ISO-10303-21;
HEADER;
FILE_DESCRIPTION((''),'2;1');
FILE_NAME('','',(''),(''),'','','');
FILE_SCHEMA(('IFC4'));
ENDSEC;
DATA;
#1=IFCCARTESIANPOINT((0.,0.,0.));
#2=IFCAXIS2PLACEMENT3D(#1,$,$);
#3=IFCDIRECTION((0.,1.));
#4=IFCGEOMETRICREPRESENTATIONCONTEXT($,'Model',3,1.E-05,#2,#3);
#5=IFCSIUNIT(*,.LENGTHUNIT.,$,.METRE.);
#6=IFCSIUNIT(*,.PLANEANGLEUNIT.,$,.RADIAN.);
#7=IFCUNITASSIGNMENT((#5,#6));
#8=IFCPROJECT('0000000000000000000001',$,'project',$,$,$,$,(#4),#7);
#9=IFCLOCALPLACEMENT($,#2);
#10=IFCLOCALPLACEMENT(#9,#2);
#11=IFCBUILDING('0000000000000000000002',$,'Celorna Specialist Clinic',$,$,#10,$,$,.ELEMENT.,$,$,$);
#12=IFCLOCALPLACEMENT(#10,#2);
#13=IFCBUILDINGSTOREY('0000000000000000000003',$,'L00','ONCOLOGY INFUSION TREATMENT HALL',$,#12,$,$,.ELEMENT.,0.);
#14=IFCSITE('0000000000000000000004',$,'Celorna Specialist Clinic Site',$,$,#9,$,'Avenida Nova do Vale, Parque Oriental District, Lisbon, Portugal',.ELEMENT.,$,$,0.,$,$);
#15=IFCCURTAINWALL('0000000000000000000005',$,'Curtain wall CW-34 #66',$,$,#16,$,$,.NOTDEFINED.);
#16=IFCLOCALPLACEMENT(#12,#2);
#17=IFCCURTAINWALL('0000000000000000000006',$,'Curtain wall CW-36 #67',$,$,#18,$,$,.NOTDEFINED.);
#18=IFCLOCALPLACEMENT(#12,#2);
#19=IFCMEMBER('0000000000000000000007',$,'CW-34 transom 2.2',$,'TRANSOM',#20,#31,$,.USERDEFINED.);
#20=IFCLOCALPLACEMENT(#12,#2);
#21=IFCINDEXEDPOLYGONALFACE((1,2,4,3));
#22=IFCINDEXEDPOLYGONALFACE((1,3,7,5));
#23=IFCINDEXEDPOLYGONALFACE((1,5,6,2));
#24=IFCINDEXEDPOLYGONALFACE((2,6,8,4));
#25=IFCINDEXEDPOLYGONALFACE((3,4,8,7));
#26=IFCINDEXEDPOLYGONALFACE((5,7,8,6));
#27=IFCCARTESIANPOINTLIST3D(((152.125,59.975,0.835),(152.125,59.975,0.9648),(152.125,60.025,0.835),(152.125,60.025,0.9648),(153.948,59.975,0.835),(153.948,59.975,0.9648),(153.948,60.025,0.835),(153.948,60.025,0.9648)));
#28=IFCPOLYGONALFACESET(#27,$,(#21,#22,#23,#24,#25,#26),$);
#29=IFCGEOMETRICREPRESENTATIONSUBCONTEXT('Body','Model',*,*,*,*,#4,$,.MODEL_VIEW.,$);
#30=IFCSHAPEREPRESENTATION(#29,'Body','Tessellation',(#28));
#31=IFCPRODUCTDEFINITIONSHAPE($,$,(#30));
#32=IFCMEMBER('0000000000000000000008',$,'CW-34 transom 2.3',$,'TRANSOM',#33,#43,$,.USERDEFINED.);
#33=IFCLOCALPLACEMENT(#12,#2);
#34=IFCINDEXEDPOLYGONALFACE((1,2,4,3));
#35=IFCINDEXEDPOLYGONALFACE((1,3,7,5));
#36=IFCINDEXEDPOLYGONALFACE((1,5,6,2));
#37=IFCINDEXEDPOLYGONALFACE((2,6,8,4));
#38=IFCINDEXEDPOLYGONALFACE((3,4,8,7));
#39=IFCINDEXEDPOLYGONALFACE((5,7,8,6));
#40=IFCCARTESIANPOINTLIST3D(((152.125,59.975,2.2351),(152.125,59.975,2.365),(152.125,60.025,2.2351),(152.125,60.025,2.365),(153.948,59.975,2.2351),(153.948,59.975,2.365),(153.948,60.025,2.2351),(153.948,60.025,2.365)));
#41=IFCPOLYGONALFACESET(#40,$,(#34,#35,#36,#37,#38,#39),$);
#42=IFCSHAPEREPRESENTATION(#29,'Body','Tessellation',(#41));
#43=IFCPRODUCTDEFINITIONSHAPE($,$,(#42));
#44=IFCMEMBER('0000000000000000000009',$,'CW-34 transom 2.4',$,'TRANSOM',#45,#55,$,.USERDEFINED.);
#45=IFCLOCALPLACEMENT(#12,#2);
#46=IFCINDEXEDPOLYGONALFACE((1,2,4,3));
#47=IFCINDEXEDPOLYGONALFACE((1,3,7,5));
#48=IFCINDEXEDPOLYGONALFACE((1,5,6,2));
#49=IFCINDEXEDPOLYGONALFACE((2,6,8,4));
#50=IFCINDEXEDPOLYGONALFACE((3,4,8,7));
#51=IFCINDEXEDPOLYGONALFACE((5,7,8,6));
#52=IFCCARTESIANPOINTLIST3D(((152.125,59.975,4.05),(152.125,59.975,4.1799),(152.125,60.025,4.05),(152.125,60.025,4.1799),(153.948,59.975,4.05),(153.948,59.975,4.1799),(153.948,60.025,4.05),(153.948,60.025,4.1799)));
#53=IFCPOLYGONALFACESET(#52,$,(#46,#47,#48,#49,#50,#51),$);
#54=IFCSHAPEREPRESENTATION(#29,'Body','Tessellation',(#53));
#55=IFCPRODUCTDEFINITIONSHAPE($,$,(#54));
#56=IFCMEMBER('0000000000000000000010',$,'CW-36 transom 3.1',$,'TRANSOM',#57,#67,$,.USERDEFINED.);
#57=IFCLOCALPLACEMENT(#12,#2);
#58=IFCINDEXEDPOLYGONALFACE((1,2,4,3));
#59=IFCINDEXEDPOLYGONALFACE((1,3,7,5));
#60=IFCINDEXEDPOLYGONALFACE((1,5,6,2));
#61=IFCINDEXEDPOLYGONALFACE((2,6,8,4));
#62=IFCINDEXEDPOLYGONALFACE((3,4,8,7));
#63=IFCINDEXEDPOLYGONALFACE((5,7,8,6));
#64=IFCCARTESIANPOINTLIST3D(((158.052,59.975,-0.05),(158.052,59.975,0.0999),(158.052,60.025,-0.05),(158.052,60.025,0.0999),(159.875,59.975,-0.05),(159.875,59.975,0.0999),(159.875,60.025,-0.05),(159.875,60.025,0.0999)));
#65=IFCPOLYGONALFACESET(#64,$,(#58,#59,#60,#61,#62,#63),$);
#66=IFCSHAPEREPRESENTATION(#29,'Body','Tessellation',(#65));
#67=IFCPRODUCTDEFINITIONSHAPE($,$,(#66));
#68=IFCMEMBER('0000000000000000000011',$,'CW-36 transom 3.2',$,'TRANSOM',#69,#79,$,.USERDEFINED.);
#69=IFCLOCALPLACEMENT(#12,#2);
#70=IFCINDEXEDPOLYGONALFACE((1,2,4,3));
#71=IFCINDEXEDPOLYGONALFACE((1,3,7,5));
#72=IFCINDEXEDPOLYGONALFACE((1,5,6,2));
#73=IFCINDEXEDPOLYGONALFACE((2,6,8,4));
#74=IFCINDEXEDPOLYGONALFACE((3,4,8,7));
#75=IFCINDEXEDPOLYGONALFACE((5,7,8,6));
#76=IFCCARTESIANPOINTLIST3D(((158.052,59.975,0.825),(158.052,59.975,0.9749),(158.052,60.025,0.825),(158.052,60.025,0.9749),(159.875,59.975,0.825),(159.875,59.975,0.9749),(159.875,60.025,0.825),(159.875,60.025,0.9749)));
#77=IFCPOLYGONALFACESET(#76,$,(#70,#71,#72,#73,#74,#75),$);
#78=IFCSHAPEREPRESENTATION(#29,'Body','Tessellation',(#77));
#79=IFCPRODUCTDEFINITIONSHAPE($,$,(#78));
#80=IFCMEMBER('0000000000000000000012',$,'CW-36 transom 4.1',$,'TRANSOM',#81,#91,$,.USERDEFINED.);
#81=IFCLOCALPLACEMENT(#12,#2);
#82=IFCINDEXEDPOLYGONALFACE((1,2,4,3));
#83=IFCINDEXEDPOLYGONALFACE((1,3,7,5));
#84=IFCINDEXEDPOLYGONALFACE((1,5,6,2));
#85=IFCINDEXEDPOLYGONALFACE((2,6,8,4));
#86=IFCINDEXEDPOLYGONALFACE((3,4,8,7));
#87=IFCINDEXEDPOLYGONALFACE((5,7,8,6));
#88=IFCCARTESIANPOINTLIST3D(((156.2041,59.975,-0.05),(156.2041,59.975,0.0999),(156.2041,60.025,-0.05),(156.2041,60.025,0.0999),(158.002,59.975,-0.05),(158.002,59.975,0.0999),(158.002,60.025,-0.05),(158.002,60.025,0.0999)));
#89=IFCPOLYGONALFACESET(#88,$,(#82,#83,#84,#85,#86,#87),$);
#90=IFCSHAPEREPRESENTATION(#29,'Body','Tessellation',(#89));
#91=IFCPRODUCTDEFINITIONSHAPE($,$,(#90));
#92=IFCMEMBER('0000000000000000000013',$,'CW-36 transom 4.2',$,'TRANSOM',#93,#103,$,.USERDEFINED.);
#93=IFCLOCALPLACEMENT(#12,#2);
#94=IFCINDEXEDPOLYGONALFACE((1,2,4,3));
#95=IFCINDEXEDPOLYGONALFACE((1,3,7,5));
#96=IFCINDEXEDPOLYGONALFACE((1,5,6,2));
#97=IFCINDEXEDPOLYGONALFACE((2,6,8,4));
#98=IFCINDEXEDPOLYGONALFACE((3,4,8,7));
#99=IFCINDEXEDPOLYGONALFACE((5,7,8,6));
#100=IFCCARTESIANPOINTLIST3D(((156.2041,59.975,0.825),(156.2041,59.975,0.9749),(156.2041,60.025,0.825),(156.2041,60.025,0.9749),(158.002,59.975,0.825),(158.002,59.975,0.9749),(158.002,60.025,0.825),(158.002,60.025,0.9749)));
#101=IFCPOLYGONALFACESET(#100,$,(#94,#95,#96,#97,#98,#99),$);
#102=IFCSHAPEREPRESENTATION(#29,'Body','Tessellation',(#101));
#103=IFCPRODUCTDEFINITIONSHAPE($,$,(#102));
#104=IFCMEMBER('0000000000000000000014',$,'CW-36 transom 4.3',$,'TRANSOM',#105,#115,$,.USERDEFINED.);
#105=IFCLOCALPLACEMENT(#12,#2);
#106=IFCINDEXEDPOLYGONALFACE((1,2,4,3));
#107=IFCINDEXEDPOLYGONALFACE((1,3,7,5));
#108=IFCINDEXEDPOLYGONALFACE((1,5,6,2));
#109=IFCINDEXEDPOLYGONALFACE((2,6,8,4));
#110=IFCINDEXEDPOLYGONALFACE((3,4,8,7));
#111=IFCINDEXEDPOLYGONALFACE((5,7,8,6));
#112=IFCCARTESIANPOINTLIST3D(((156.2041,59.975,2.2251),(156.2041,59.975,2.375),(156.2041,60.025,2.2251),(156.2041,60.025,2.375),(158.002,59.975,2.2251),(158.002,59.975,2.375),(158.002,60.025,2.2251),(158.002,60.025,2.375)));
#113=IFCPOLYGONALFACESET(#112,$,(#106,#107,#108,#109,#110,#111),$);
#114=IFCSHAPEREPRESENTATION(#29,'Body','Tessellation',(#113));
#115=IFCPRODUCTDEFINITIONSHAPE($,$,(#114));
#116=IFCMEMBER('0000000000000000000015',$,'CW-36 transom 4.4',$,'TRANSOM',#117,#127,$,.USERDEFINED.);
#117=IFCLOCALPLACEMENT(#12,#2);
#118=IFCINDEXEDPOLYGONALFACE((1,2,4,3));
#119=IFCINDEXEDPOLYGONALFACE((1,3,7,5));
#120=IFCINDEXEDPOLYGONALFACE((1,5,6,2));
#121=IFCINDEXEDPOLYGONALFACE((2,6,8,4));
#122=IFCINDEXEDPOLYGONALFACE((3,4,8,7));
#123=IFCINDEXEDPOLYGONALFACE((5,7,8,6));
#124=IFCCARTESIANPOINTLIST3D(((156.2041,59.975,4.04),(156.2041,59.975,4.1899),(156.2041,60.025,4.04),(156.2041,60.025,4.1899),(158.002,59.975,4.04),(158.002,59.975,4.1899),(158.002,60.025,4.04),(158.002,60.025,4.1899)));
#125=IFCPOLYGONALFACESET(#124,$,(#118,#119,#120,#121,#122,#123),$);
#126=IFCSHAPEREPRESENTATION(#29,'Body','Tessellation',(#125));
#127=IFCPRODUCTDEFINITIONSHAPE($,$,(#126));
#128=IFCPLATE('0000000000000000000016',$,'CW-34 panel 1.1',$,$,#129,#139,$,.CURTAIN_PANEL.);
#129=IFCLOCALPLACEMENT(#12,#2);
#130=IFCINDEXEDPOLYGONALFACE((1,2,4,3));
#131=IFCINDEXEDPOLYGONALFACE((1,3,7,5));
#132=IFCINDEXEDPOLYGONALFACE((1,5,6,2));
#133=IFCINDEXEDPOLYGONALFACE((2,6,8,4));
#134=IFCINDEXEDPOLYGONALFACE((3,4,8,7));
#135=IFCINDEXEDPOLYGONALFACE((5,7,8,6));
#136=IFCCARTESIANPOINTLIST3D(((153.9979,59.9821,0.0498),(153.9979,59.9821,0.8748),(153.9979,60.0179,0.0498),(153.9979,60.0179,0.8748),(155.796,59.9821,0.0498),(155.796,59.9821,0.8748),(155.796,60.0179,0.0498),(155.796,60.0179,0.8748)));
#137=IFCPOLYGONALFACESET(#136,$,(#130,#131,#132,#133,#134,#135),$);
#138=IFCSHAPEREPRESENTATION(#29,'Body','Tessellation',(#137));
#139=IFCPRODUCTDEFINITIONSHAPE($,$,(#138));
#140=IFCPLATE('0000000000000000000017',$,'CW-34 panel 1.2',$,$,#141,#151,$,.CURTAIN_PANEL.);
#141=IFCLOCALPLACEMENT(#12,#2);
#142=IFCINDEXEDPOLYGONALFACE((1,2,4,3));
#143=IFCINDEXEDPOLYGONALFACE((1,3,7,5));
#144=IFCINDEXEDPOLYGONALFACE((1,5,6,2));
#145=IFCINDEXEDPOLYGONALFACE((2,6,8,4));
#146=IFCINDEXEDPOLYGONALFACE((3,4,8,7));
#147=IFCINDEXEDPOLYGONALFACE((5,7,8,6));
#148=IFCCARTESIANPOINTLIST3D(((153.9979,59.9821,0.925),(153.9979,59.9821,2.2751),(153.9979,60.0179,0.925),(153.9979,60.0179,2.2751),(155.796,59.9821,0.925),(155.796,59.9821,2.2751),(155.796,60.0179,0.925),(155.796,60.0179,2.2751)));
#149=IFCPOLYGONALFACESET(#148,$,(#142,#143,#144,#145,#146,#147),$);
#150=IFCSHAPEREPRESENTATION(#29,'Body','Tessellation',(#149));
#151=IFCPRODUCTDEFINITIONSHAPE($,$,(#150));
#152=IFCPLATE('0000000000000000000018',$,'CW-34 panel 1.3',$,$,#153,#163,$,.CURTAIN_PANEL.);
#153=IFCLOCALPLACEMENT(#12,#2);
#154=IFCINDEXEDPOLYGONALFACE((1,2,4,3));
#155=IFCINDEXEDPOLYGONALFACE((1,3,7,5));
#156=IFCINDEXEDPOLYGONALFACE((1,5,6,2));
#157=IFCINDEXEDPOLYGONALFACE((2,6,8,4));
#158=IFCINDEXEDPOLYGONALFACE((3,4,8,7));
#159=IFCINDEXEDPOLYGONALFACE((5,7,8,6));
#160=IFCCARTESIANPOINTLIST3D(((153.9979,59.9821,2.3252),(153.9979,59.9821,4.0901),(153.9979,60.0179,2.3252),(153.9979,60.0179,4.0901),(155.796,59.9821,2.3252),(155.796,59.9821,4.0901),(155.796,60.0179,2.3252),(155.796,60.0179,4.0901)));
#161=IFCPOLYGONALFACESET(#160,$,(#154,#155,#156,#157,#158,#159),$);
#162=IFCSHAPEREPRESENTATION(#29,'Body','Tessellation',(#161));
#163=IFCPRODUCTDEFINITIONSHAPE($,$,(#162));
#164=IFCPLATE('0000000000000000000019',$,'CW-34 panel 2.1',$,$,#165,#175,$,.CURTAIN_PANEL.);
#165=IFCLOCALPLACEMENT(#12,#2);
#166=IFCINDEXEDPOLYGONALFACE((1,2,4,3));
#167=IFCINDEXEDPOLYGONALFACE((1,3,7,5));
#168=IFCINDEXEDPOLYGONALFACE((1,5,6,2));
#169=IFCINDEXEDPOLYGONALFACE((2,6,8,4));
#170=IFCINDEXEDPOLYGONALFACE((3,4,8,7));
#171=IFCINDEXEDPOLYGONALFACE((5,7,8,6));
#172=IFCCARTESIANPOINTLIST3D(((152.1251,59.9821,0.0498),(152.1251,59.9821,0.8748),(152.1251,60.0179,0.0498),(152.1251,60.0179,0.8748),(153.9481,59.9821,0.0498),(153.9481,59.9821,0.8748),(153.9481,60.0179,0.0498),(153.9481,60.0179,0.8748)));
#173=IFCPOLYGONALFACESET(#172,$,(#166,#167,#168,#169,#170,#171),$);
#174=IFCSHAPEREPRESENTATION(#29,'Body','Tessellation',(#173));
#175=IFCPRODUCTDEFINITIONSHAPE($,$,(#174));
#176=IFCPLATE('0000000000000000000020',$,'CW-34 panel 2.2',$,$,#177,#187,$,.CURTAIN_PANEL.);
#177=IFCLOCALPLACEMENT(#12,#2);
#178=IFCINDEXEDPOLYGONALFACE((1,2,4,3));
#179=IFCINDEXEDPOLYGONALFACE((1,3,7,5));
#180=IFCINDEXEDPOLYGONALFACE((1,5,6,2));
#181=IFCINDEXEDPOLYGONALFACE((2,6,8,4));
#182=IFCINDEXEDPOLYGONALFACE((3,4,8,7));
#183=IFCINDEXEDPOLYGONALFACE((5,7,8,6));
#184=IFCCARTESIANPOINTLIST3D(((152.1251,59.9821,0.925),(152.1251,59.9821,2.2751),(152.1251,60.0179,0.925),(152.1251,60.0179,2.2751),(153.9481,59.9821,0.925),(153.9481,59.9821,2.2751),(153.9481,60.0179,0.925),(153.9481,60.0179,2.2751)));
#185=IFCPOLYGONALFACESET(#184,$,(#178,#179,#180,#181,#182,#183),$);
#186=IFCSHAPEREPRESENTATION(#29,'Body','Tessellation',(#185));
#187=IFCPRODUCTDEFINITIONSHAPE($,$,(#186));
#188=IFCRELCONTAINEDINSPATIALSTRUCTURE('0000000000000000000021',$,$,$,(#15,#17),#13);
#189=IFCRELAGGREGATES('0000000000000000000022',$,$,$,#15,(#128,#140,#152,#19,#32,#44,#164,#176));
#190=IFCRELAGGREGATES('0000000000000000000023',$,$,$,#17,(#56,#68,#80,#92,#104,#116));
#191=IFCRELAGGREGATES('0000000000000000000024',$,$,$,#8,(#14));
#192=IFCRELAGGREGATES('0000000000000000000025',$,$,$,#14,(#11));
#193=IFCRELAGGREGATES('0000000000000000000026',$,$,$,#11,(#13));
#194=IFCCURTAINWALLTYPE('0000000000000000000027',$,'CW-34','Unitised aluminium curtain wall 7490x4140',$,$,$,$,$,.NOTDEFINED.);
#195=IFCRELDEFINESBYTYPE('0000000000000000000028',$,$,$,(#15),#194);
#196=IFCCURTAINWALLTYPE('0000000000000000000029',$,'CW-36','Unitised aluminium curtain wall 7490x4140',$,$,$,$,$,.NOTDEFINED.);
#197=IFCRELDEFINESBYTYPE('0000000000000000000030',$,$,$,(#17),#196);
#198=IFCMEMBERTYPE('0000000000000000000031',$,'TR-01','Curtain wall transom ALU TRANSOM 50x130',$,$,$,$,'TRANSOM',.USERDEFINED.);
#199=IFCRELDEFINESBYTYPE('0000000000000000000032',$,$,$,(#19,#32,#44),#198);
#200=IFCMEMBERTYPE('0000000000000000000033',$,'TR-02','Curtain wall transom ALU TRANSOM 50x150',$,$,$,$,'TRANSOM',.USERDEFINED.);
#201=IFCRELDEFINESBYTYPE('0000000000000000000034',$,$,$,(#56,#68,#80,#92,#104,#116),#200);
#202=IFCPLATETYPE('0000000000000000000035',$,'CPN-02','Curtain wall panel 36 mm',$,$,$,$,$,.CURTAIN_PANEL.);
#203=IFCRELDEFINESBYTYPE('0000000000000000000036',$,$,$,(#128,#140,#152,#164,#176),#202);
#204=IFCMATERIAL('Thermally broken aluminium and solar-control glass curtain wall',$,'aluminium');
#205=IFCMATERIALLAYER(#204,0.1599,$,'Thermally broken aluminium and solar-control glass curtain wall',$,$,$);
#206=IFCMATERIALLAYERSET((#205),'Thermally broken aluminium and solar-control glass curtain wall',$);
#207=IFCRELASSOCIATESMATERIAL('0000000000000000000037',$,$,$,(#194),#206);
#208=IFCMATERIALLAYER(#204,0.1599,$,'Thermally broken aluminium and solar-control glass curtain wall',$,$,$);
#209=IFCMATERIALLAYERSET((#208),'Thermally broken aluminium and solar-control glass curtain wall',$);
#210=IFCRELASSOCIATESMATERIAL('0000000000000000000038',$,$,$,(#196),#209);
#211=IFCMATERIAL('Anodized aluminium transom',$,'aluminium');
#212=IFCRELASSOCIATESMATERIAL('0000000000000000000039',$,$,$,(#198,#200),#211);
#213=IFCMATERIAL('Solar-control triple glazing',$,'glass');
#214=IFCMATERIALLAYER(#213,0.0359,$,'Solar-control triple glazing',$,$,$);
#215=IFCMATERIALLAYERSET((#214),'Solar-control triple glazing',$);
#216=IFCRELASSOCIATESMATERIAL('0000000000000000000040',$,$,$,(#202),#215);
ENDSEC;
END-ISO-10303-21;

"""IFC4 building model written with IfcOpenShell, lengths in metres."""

from ifc_helpers import new_model, si_unit, direction, frame, origin, origin_2d, place, context, subcontext, project, spatial, rectangle, extrude, material, layer, layer_set, material_profile, profile_set, type_object, element, aggregate, save


model = new_model("IFC4")

# Units and contexts
model_context = context("Model", 3, precision=1e-05, world=origin(), true_north=direction((0.0, 1.0)))
body_context = subcontext(model_context, "Body", "Model", "MODEL_VIEW")
ifc_project = project(units=[si_unit("LENGTHUNIT", "METRE"), si_unit("PLANEANGLEUNIT", "RADIAN")], contexts=[model_context])

# Site, building, storey
site_placement = place(None, origin())
site = spatial("IfcSite", under=ifc_project, at=site_placement, Name="Celorna Specialist Clinic Site", LongName="Avenida Nova do Vale, Parque Oriental District, Lisbon, Portugal", CompositionType="ELEMENT", RefElevation=0.0)
building_placement = place(site_placement, origin())
building = spatial("IfcBuilding", under=site, at=building_placement, Name="Celorna Specialist Clinic", CompositionType="ELEMENT")
storey_placement = place(building_placement, origin())
storey = spatial("IfcBuildingStorey", under=building, at=storey_placement, Name="L00", Description="ONCOLOGY INFUSION TREATMENT HALL", CompositionType="ELEMENT", Elevation=0.0)

# Curtain walls
ifc_material_1 = material(Name="Thermally broken aluminium and solar-control glass curtain wall", Category="aluminium")
ifc_layer_1 = layer(ifc_material_1, 0.1599, Name="Thermally broken aluminium and solar-control glass curtain wall")
ifc_layer_set_1 = layer_set([ifc_layer_1], Name="Thermally broken aluminium and solar-control glass curtain wall")
curtain_wall_type_1 = type_object("IfcCurtainWallType", Name="CW-34", Description="Unitised aluminium curtain wall 7490x4140", PredefinedType="NOTDEFINED", material=ifc_layer_set_1)
curtain_wall_1_placement = place(storey_placement, origin())
curtain_wall_1 = element("IfcCurtainWall", 1, at=curtain_wall_1_placement, inside=storey, type_object=curtain_wall_type_1, Name="Curtain wall CW-34 #66", PredefinedType="NOTDEFINED")
ifc_layer_2 = layer(ifc_material_1, 0.1599, Name="Thermally broken aluminium and solar-control glass curtain wall")
ifc_layer_set_2 = layer_set([ifc_layer_2], Name="Thermally broken aluminium and solar-control glass curtain wall")
curtain_wall_type_2 = type_object("IfcCurtainWallType", Name="CW-36", Description="Unitised aluminium curtain wall 7490x4140", PredefinedType="NOTDEFINED", material=ifc_layer_set_2)
curtain_wall_2_placement = place(storey_placement, origin())
curtain_wall_2 = element("IfcCurtainWall", 2, at=curtain_wall_2_placement, inside=storey, type_object=curtain_wall_type_2, Name="Curtain wall CW-36 #67", PredefinedType="NOTDEFINED")

# Members
ifc_material_2 = material(Name="Anodized aluminium transom", Category="aluminium")
ifc_material_profile_1 = material_profile(ifc_material_2, rectangle(XDim=0.05, YDim=0.1299, at=origin_2d()), Name="ALU TRANSOM 50x130")
ifc_profile_set_1 = profile_set([ifc_material_profile_1], Name="Anodized aluminium transom")
member_type_1 = type_object("IfcMemberType", Name="TR-01", Description="Curtain wall transom ALU TRANSOM 50x130", ElementType="TRANSOM", PredefinedType="USERDEFINED", material=ifc_profile_set_1)
member_1_placement = place(storey_placement, frame((153.948, 60.0, 0.8999), z_axis=(-1.0, 0.0, 0.0), x_axis=(0.0, -1.0, 0.0)))
member_1 = element("IfcMember", 3, at=member_1_placement, type_object=member_type_1, Name="CW-34 transom 2.2", ObjectType="TRANSOM", PredefinedType="USERDEFINED", context=body_context, shape_type="SweptSolid", body=[
    extrude(rectangle(XDim=0.05, YDim=0.1299, at=origin_2d()), origin(), (0.0, 0.0, 1.0), 1.823),
])
member_2_placement = place(storey_placement, frame((153.948, 60.0, 2.3), z_axis=(-1.0, 0.0, 0.0), x_axis=(0.0, -1.0, 0.0)))
member_2 = element("IfcMember", 4, at=member_2_placement, type_object=member_type_1, Name="CW-34 transom 2.3", ObjectType="TRANSOM", PredefinedType="USERDEFINED", context=body_context, shape_type="SweptSolid", body=[
    extrude(rectangle(XDim=0.05, YDim=0.1299, at=origin_2d()), origin(), (0.0, 0.0, 1.0), 1.823),
])
member_3_placement = place(storey_placement, frame((153.948, 60.0, 4.115), z_axis=(-1.0, 0.0, 0.0), x_axis=(0.0, -1.0, 0.0)))
member_3 = element("IfcMember", 5, at=member_3_placement, type_object=member_type_1, Name="CW-34 transom 2.4", ObjectType="TRANSOM", PredefinedType="USERDEFINED", context=body_context, shape_type="SweptSolid", body=[
    extrude(rectangle(XDim=0.05, YDim=0.1299, at=origin_2d()), origin(), (0.0, 0.0, 1.0), 1.823),
])
ifc_material_profile_2 = material_profile(ifc_material_2, rectangle(XDim=0.05, YDim=0.1499, at=origin_2d()), Name="ALU TRANSOM 50x150")
ifc_profile_set_2 = profile_set([ifc_material_profile_2], Name="Anodized aluminium transom")
member_type_2 = type_object("IfcMemberType", Name="TR-02", Description="Curtain wall transom ALU TRANSOM 50x150", ElementType="TRANSOM", PredefinedType="USERDEFINED", material=ifc_profile_set_2)
member_4_placement = place(storey_placement, frame((159.875, 60.0, 0.0249), z_axis=(-1.0, 0.0, 0.0), x_axis=(0.0, -1.0, 0.0)))
member_4 = element("IfcMember", 6, at=member_4_placement, type_object=member_type_2, Name="CW-36 transom 3.1", ObjectType="TRANSOM", PredefinedType="USERDEFINED", context=body_context, shape_type="SweptSolid", body=[
    extrude(rectangle(XDim=0.05, YDim=0.1499, at=origin_2d()), origin(), (0.0, 0.0, 1.0), 1.823),
])
member_5_placement = place(storey_placement, frame((159.875, 60.0, 0.8999), z_axis=(-1.0, 0.0, 0.0), x_axis=(0.0, -1.0, 0.0)))
member_5 = element("IfcMember", 7, at=member_5_placement, type_object=member_type_2, Name="CW-36 transom 3.2", ObjectType="TRANSOM", PredefinedType="USERDEFINED", context=body_context, shape_type="SweptSolid", body=[
    extrude(rectangle(XDim=0.05, YDim=0.1499, at=origin_2d()), origin(), (0.0, 0.0, 1.0), 1.823),
])
member_6_placement = place(storey_placement, frame((158.002, 60.0, 0.0249), z_axis=(-1.0, 0.0, 0.0), x_axis=(0.0, -1.0, 0.0)))
member_6 = element("IfcMember", 8, at=member_6_placement, type_object=member_type_2, Name="CW-36 transom 4.1", ObjectType="TRANSOM", PredefinedType="USERDEFINED", context=body_context, shape_type="SweptSolid", body=[
    extrude(rectangle(XDim=0.05, YDim=0.1499, at=origin_2d()), origin(), (0.0, 0.0, 1.0), 1.7979),
])
member_7_placement = place(storey_placement, frame((158.002, 60.0, 0.8999), z_axis=(-1.0, 0.0, 0.0), x_axis=(0.0, -1.0, 0.0)))
member_7 = element("IfcMember", 9, at=member_7_placement, type_object=member_type_2, Name="CW-36 transom 4.2", ObjectType="TRANSOM", PredefinedType="USERDEFINED", context=body_context, shape_type="SweptSolid", body=[
    extrude(rectangle(XDim=0.05, YDim=0.1499, at=origin_2d()), origin(), (0.0, 0.0, 1.0), 1.7979),
])
member_8_placement = place(storey_placement, frame((158.002, 60.0, 2.3), z_axis=(-1.0, 0.0, 0.0), x_axis=(0.0, -1.0, 0.0)))
member_8 = element("IfcMember", 10, at=member_8_placement, type_object=member_type_2, Name="CW-36 transom 4.3", ObjectType="TRANSOM", PredefinedType="USERDEFINED", context=body_context, shape_type="SweptSolid", body=[
    extrude(rectangle(XDim=0.05, YDim=0.1499, at=origin_2d()), origin(), (0.0, 0.0, 1.0), 1.7979),
])
member_9_placement = place(storey_placement, frame((158.002, 60.0, 4.115), z_axis=(-1.0, 0.0, 0.0), x_axis=(0.0, -1.0, 0.0)))
member_9 = element("IfcMember", 11, at=member_9_placement, type_object=member_type_2, Name="CW-36 transom 4.4", ObjectType="TRANSOM", PredefinedType="USERDEFINED", context=body_context, shape_type="SweptSolid", body=[
    extrude(rectangle(XDim=0.05, YDim=0.1499, at=origin_2d()), origin(), (0.0, 0.0, 1.0), 1.7979),
])

# Plates
ifc_material_3 = material(Name="Solar-control triple glazing", Category="glass")
ifc_layer_3 = layer(ifc_material_3, 0.0359, Name="Solar-control triple glazing")
ifc_layer_set_3 = layer_set([ifc_layer_3], Name="Solar-control triple glazing")
plate_type_1 = type_object("IfcPlateType", Name="CPN-02", Description="Curtain wall panel 36 mm", PredefinedType="CURTAIN_PANEL", material=ifc_layer_set_3)
plate_1_placement = place(storey_placement, frame((154.897, 60.0, 0.0498), z_axis=(0.0, 0.0, 1.0), x_axis=(-1.0, 0.0, 0.0)))
plate_1 = element("IfcPlate", 12, at=plate_1_placement, type_object=plate_type_1, Name="CW-34 panel 1.1", PredefinedType="CURTAIN_PANEL", context=body_context, shape_type="SweptSolid", body=[
    extrude(rectangle(XDim=1.7981, YDim=0.0359, at=origin_2d()), origin(), (0.0, 0.0, 1.0), 0.825),
])
plate_2_placement = place(storey_placement, frame((154.897, 60.0, 0.925), z_axis=(0.0, 0.0, 1.0), x_axis=(-1.0, 0.0, 0.0)))
plate_2 = element("IfcPlate", 13, at=plate_2_placement, type_object=plate_type_1, Name="CW-34 panel 1.2", PredefinedType="CURTAIN_PANEL", context=body_context, shape_type="SweptSolid", body=[
    extrude(rectangle(XDim=1.7981, YDim=0.0359, at=origin_2d()), origin(), (0.0, 0.0, 1.0), 1.3501),
])
plate_3_placement = place(storey_placement, frame((154.897, 60.0, 2.3252), z_axis=(0.0, 0.0, 1.0), x_axis=(-1.0, 0.0, 0.0)))
plate_3 = element("IfcPlate", 14, at=plate_3_placement, type_object=plate_type_1, Name="CW-34 panel 1.3", PredefinedType="CURTAIN_PANEL", context=body_context, shape_type="SweptSolid", body=[
    extrude(rectangle(XDim=1.7981, YDim=0.0359, at=origin_2d()), origin(), (0.0, 0.0, 1.0), 1.7649),
])
plate_4_placement = place(storey_placement, frame((153.0366, 60.0, 0.0498), z_axis=(0.0, 0.0, 1.0), x_axis=(-1.0, 0.0, 0.0)))
plate_4 = element("IfcPlate", 15, at=plate_4_placement, type_object=plate_type_1, Name="CW-34 panel 2.1", PredefinedType="CURTAIN_PANEL", context=body_context, shape_type="SweptSolid", body=[
    extrude(rectangle(XDim=1.823, YDim=0.0359, at=origin_2d()), origin(), (0.0, 0.0, 1.0), 0.825),
])
plate_5_placement = place(storey_placement, frame((153.0366, 60.0, 0.925), z_axis=(0.0, 0.0, 1.0), x_axis=(-1.0, 0.0, 0.0)))
plate_5 = element("IfcPlate", 16, at=plate_5_placement, type_object=plate_type_1, Name="CW-34 panel 2.2", PredefinedType="CURTAIN_PANEL", context=body_context, shape_type="SweptSolid", body=[
    extrude(rectangle(XDim=1.823, YDim=0.0359, at=origin_2d()), origin(), (0.0, 0.0, 1.0), 1.3501),
])
aggregate(curtain_wall_1, [plate_1, plate_2, plate_3, member_1, member_2, member_3, plate_4, plate_5])
aggregate(curtain_wall_2, [member_4, member_5, member_6, member_7, member_8, member_9])

save(model, "model.ifc")
